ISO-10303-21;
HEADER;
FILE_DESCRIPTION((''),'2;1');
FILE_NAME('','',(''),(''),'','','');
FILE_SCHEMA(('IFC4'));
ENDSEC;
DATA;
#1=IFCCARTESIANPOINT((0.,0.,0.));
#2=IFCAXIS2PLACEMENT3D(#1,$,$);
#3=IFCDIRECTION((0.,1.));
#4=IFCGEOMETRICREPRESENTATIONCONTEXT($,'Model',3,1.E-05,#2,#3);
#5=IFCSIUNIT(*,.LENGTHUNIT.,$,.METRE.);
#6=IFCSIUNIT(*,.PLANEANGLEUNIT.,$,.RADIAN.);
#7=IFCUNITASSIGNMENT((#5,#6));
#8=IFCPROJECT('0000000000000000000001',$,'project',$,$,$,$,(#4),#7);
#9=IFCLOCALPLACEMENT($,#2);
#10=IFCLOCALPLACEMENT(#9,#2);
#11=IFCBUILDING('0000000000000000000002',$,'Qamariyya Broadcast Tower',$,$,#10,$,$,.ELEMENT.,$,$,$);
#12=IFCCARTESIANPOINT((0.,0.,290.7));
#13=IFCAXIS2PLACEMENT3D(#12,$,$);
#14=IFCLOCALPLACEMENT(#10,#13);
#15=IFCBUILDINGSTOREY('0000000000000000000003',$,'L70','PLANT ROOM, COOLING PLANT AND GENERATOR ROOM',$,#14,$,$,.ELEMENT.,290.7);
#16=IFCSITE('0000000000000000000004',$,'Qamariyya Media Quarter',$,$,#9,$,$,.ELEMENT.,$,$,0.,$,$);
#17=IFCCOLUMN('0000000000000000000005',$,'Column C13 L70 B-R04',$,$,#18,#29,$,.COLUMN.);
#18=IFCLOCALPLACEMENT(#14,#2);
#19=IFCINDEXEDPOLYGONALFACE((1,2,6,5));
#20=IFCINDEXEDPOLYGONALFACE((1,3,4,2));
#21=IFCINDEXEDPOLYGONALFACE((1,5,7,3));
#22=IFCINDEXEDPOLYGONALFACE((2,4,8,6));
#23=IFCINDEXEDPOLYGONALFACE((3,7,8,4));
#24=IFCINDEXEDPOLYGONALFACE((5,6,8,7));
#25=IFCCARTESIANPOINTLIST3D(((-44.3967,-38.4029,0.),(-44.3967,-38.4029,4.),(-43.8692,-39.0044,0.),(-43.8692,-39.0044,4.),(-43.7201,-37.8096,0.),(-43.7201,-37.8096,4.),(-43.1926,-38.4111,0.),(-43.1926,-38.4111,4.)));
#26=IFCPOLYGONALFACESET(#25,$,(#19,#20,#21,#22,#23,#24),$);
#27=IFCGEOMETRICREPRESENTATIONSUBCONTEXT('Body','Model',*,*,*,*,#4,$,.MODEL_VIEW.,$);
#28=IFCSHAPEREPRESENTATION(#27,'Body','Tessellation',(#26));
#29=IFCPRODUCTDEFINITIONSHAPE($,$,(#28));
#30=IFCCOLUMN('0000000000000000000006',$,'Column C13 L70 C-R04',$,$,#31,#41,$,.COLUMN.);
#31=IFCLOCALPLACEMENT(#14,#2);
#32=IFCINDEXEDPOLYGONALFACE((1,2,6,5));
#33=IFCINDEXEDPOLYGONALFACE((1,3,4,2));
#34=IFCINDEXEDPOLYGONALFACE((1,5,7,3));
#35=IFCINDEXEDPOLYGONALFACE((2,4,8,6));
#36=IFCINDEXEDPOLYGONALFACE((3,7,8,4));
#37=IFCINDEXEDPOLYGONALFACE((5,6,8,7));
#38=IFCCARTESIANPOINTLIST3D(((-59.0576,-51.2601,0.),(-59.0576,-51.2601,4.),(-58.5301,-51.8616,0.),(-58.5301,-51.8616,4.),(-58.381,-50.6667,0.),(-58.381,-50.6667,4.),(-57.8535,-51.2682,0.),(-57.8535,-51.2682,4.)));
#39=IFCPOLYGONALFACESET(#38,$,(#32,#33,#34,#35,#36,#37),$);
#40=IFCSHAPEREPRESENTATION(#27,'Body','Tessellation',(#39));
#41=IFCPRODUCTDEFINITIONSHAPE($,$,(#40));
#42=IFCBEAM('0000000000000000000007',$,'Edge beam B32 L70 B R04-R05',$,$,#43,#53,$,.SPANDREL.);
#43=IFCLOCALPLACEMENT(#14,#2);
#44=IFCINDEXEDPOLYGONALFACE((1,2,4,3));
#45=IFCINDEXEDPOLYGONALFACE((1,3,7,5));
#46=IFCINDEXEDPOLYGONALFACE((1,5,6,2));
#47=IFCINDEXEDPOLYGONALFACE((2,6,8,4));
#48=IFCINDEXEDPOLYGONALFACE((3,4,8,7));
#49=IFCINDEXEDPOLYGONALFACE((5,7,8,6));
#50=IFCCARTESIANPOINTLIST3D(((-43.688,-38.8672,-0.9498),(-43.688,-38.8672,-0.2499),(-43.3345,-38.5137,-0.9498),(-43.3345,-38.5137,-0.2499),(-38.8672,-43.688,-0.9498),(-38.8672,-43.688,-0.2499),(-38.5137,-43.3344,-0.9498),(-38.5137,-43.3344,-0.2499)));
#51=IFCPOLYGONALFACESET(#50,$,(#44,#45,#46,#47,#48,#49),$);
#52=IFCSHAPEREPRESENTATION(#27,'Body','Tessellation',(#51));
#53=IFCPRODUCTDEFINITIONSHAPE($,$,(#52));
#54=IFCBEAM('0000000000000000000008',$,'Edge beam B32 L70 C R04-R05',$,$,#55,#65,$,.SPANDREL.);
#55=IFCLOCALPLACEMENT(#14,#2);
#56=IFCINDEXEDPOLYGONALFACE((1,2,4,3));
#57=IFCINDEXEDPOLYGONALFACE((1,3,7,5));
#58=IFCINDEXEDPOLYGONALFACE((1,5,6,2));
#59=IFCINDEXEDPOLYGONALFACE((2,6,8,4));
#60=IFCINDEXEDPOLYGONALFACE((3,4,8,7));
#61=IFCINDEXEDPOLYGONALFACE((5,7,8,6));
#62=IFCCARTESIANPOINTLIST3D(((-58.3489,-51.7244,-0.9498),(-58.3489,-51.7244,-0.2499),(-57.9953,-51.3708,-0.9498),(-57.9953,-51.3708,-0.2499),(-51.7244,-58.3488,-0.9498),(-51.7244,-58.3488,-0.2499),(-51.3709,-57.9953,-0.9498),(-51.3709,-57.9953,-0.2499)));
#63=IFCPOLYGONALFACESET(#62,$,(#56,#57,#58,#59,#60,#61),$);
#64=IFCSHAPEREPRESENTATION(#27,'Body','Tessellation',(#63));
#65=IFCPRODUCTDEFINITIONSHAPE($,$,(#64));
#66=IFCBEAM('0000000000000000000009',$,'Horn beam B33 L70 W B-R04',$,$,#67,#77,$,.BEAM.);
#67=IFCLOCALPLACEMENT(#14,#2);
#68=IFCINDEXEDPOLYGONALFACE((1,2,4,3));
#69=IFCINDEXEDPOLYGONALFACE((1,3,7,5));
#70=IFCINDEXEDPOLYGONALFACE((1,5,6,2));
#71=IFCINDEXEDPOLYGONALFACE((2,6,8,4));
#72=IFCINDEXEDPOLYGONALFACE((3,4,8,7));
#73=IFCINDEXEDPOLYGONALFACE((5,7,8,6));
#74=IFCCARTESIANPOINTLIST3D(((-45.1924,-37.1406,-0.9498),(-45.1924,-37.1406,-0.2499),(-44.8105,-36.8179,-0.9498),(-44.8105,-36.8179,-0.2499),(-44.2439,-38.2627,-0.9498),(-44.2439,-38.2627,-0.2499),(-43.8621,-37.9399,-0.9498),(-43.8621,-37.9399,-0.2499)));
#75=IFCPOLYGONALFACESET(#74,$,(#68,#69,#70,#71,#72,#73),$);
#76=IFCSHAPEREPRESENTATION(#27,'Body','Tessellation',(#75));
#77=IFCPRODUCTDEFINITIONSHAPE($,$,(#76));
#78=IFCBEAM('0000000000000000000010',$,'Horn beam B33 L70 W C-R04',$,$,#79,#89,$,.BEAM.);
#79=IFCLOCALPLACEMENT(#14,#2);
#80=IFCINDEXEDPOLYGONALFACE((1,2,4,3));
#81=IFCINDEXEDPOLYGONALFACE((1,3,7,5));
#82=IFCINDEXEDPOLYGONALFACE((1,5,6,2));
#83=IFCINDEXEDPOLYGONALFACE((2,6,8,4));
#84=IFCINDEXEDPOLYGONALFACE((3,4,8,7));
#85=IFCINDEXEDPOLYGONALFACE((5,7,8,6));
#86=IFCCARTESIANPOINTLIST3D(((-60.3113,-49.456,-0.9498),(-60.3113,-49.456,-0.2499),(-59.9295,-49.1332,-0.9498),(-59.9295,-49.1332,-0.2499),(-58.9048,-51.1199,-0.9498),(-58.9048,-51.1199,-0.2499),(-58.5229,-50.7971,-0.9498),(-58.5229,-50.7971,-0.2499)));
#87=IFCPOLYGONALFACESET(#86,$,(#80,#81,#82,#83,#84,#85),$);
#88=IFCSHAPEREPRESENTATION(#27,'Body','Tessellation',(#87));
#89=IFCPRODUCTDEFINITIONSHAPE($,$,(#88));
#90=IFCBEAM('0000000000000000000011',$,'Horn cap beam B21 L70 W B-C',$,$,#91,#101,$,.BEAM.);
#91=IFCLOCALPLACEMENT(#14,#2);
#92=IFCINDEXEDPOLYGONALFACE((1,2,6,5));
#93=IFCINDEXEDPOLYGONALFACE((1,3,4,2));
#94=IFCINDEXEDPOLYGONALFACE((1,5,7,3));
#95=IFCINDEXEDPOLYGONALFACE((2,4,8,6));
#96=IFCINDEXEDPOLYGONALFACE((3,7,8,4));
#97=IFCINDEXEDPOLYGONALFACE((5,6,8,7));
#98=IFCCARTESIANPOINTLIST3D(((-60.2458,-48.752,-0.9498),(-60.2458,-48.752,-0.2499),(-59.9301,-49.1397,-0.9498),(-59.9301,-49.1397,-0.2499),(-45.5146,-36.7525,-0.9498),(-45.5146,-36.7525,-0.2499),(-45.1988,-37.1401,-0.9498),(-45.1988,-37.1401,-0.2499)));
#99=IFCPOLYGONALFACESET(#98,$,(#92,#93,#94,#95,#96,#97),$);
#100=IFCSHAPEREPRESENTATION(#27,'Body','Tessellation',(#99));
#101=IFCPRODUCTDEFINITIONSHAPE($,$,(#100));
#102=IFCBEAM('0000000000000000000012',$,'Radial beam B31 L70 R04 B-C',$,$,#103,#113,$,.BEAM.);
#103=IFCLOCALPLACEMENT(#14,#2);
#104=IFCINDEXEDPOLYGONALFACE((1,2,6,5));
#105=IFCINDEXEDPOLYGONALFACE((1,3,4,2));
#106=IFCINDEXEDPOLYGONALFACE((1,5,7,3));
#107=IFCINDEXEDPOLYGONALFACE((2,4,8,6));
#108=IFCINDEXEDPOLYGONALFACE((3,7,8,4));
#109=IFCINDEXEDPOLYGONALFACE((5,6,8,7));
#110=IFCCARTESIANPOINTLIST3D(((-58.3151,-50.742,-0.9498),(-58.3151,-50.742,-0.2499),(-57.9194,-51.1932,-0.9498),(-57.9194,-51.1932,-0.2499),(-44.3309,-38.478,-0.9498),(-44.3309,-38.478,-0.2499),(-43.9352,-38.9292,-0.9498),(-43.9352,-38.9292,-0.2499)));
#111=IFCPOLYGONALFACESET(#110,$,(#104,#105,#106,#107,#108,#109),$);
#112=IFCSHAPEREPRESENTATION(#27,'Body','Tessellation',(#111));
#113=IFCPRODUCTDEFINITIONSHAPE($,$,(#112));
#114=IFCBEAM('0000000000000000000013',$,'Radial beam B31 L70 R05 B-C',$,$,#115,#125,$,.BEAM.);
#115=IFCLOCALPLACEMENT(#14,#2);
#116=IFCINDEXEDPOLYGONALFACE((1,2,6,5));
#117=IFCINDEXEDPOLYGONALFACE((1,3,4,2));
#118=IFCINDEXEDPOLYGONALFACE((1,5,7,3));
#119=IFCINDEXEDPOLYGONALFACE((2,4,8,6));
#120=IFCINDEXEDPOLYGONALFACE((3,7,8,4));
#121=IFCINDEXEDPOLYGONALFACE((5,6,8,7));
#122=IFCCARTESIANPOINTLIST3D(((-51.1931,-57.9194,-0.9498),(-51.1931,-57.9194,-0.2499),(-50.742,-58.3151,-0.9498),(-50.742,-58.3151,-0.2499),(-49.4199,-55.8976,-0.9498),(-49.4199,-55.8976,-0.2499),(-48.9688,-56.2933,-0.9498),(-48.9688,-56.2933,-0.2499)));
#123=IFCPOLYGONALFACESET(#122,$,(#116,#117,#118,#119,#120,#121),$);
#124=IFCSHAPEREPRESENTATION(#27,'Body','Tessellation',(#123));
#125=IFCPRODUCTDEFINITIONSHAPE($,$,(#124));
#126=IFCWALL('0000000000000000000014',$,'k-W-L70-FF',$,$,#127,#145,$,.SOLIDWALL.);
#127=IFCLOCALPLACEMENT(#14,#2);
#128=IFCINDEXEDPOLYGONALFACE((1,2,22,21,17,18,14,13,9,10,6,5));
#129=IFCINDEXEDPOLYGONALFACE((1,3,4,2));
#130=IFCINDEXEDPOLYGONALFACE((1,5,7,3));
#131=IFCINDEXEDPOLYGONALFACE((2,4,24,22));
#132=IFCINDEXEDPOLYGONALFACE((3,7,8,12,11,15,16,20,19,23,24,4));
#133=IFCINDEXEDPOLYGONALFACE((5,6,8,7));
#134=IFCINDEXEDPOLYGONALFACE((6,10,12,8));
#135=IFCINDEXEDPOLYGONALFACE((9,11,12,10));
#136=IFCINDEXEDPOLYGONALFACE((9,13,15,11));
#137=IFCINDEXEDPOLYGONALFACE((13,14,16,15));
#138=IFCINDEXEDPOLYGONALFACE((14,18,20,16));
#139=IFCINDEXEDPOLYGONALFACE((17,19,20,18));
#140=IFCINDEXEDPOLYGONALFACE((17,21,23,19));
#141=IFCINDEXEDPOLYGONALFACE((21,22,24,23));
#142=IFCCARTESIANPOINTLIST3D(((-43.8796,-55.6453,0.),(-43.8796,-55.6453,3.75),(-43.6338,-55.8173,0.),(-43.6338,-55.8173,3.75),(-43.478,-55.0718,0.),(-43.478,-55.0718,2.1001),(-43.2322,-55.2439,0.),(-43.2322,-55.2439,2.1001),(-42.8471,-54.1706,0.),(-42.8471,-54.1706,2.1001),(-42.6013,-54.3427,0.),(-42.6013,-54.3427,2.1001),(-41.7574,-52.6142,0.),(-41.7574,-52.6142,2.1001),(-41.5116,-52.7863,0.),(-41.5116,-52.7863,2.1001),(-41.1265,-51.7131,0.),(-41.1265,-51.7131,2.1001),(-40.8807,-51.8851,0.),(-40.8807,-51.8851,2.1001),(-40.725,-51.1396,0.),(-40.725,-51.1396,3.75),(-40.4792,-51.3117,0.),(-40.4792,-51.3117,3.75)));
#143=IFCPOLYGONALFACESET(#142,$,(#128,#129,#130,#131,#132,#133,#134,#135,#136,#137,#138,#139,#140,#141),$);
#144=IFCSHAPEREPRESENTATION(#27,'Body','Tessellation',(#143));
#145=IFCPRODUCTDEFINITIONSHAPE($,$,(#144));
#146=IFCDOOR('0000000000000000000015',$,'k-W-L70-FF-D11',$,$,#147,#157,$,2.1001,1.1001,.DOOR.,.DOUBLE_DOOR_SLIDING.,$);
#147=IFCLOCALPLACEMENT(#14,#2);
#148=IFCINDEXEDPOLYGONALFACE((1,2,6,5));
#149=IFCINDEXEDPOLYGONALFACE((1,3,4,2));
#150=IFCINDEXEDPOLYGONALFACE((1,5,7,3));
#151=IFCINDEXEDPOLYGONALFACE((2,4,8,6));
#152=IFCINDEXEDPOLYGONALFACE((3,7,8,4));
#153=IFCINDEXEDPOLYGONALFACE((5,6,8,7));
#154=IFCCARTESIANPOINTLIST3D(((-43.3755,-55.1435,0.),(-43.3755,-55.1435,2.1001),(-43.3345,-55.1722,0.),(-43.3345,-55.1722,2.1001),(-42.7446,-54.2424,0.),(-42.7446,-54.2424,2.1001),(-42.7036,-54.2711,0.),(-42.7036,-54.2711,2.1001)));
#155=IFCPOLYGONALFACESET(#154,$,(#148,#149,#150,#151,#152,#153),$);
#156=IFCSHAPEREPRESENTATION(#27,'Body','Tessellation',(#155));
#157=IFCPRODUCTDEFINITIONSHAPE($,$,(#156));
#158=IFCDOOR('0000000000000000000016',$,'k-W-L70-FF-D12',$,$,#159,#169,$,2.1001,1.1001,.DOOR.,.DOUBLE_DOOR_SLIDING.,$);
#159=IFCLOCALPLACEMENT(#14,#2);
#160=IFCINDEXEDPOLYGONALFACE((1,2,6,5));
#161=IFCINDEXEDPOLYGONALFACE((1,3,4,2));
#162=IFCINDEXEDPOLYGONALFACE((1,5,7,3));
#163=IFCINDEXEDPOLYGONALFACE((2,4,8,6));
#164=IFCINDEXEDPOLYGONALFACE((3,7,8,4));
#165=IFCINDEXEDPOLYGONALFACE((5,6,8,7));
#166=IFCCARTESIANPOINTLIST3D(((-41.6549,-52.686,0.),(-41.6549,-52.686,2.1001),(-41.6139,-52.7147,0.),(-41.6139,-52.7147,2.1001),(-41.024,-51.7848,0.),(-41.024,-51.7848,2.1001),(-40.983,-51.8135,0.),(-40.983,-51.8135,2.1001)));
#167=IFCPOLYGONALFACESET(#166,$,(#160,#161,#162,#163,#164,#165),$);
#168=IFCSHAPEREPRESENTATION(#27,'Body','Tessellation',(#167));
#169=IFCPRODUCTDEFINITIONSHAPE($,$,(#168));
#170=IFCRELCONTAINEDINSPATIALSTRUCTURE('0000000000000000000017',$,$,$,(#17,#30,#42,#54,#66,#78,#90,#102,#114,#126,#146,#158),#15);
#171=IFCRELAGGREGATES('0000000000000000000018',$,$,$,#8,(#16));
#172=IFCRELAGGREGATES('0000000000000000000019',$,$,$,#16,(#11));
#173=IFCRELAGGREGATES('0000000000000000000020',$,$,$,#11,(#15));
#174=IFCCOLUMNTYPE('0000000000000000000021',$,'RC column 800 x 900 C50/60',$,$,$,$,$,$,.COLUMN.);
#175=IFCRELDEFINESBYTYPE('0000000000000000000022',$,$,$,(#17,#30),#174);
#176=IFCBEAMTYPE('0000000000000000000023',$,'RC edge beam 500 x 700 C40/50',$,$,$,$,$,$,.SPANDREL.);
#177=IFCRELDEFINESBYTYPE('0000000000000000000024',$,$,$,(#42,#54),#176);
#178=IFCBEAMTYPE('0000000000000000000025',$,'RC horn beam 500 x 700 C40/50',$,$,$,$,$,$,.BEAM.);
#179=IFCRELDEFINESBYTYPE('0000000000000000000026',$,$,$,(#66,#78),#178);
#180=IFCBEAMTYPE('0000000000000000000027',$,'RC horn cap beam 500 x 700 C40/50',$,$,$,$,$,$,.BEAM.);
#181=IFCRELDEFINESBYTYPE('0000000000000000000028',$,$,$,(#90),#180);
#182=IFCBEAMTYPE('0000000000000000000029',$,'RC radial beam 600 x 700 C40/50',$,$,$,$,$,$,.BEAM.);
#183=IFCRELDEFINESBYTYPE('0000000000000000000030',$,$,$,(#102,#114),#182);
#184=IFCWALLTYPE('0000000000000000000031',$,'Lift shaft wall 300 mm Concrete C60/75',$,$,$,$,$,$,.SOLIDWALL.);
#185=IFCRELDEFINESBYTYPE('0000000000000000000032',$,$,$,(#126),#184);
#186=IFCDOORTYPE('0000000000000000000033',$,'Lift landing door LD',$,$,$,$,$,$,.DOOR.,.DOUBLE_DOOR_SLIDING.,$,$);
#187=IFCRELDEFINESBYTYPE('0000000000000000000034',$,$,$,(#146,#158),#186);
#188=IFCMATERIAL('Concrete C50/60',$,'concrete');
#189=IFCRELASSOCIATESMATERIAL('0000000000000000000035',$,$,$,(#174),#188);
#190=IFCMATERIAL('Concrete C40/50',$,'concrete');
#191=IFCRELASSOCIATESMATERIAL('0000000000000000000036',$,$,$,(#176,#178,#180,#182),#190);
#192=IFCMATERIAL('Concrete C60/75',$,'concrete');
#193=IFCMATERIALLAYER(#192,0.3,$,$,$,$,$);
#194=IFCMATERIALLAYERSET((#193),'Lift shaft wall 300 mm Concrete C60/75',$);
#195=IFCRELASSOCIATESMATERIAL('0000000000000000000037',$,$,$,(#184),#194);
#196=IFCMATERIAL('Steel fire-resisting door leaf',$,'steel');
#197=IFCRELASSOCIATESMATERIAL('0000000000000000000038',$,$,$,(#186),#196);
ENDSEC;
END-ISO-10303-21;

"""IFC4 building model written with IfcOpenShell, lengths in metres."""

from ifc_helpers import new_model, si_unit, direction, frame, frame_2d, origin, origin_2d, place, context, subcontext, project, spatial, rectangle, extrude, material, layer, layer_set, material_profile, profile_set, type_object, element, fill, save


model = new_model("IFC4")

# Units and contexts
model_context = context("Model", 3, precision=1e-05, world=origin(), true_north=direction((0.0, 1.0)))
body_context = subcontext(model_context, "Body", "Model", "MODEL_VIEW")
ifc_project = project(units=[si_unit("LENGTHUNIT", "METRE"), si_unit("PLANEANGLEUNIT", "RADIAN")], contexts=[model_context])

# Site, building, storey
site_placement = place(None, origin())
site = spatial("IfcSite", under=ifc_project, at=site_placement, Name="Qamariyya Media Quarter", CompositionType="ELEMENT", RefElevation=0.0)
building_placement = place(site_placement, origin())
building = spatial("IfcBuilding", under=site, at=building_placement, Name="Qamariyya Broadcast Tower", CompositionType="ELEMENT")
storey_placement = place(building_placement, frame((0.0, 0.0, 290.7)))
storey = spatial("IfcBuildingStorey", under=building, at=storey_placement, Name="L70", Description="PLANT ROOM, COOLING PLANT AND GENERATOR ROOM", CompositionType="ELEMENT", Elevation=290.7)

# Columns
ifc_material_1 = material(Name="Concrete C50/60", Category="concrete")
ifc_material_profile_1 = material_profile(ifc_material_1, rectangle(XDim=0.8, YDim=0.8999, at=origin_2d()))
ifc_profile_set_1 = profile_set([ifc_material_profile_1], Name="Concrete C50/60")
column_type = type_object("IfcColumnType", Name="RC column 800 x 900 C50/60", PredefinedType="COLUMN", material=ifc_profile_set_1)
for number, where, z_axis, x_axis, name in (
    (1, (-43.7947, -38.407, 0.0), (0.0, 0.0, 1.0), (0.659346, -0.75184, 0.0), "Column C13 L70 B-R04"),
    (2, (-58.4556, -51.2642, 0.0), (0.0, 0.0, 1.0), (0.659346, -0.75184, 0.0), "Column C13 L70 C-R04"),
):
    element("IfcColumn", number, at=place(storey_placement, frame(where, z_axis=z_axis, x_axis=x_axis)), inside=storey, type_object=column_type, Name=name, PredefinedType="COLUMN", context=body_context, shape_type="SweptSolid", body=[
        extrude(rectangle(XDim=0.8, YDim=0.8999, at=origin_2d()), origin(), (0.0, 0.0, 1.0), 4.0),
    ])

# Beams
ifc_material_2 = material(Name="Concrete C40/50", Category="concrete")
ifc_material_profile_2 = material_profile(ifc_material_2, rectangle(XDim=0.5, YDim=0.7, at=origin_2d()))
ifc_profile_set_2 = profile_set([ifc_material_profile_2], Name="Concrete C40/50")
beam_type_1 = type_object("IfcBeamType", Name="RC edge beam 500 x 700 C40/50", PredefinedType="SPANDREL", material=ifc_profile_set_2)
beam_1_placement = place(storey_placement, frame((-43.5112, -38.6904, -0.5999), z_axis=(0.707107, -0.707107, 0.0), x_axis=(0.707107, 0.707107, 0.0)))
element("IfcBeam", 3, at=beam_1_placement, inside=storey, type_object=beam_type_1, Name="Edge beam B32 L70 B R04-R05", PredefinedType="SPANDREL", context=body_context, shape_type="SweptSolid", body=[
    extrude(rectangle(XDim=0.5, YDim=0.7, at=origin_2d()), origin(), (0.0, 0.0, 1.0), 6.8176),
])
beam_2_placement = place(storey_placement, frame((-58.1721, -51.5476, -0.5999), z_axis=(0.707107, -0.707107, 0.0), x_axis=(0.707107, 0.707107, 0.0)))
element("IfcBeam", 4, at=beam_2_placement, inside=storey, type_object=beam_type_1, Name="Edge beam B32 L70 C R04-R05", PredefinedType="SPANDREL", context=body_context, shape_type="SweptSolid", body=[
    extrude(rectangle(XDim=0.5, YDim=0.7, at=origin_2d()), origin(), (0.0, 0.0, 1.0), 9.3684),
])
ifc_material_profile_3 = material_profile(ifc_material_2, rectangle(XDim=0.5, YDim=0.7, at=origin_2d()))
ifc_profile_set_3 = profile_set([ifc_material_profile_3], Name="Concrete C40/50")
beam_type_2 = type_object("IfcBeamType", Name="RC horn beam 500 x 700 C40/50", PredefinedType="BEAM", material=ifc_profile_set_3)
beam_3_placement = place(storey_placement, frame((-44.053, -38.1013, -0.5999), z_axis=(-0.645562, 0.763708, 0.0), x_axis=(-0.763708, -0.645562, 0.0)))
element("IfcBeam", 5, at=beam_3_placement, inside=storey, type_object=beam_type_2, Name="Horn beam B33 L70 W B-R04", PredefinedType="BEAM", context=body_context, shape_type="SweptSolid", body=[
    extrude(rectangle(XDim=0.5, YDim=0.7, at=origin_2d()), origin(), (0.0, 0.0, 1.0), 1.4692),
])
beam_4_placement = place(storey_placement, frame((-58.7139, -50.9585, -0.5999), z_axis=(-0.64558, 0.763692, 0.0), x_axis=(-0.763692, -0.64558, 0.0)))
element("IfcBeam", 6, at=beam_4_placement, inside=storey, type_object=beam_type_2, Name="Horn beam B33 L70 W C-R04", PredefinedType="BEAM", context=body_context, shape_type="SweptSolid", body=[
    extrude(rectangle(XDim=0.5, YDim=0.7, at=origin_2d()), origin(), (0.0, 0.0, 1.0), 2.1787),
])
ifc_material_profile_4 = material_profile(ifc_material_2, rectangle(XDim=0.5, YDim=0.7, at=origin_2d()))
ifc_profile_set_4 = profile_set([ifc_material_profile_4], Name="Concrete C40/50")
beam_type_3 = type_object("IfcBeamType", Name="RC horn cap beam 500 x 700 C40/50", PredefinedType="BEAM", material=ifc_profile_set_4)
beam_5_placement = place(storey_placement, frame((-45.3567, -36.9463, -0.5999), z_axis=(-0.77533, -0.631556, 0.0), x_axis=(0.631556, -0.77533, 0.0)))
element("IfcBeam", 7, at=beam_5_placement, inside=storey, type_object=beam_type_3, Name="Horn cap beam B21 L70 W B-C", PredefinedType="BEAM", context=body_context, shape_type="SweptSolid", body=[
    extrude(rectangle(XDim=0.5, YDim=0.7, at=origin_2d()), origin(), (0.0, 0.0, 1.0), 19.0),
])
ifc_material_profile_5 = material_profile(ifc_material_2, rectangle(XDim=0.6001, YDim=0.7, at=origin_2d()))
ifc_profile_set_5 = profile_set([ifc_material_profile_5], Name="Concrete C40/50")
beam_type_4 = type_object("IfcBeamType", Name="RC radial beam 600 x 700 C40/50", PredefinedType="BEAM", material=ifc_profile_set_5)
beam_6_placement = place(storey_placement, frame((-44.1331, -38.7036, -0.5999), z_axis=(-0.751835, -0.659351, 0.0), x_axis=(0.659351, -0.751835, 0.0)))
element("IfcBeam", 8, at=beam_6_placement, inside=storey, type_object=beam_type_4, Name="Radial beam B31 L70 R04 B-C", PredefinedType="BEAM", context=body_context, shape_type="SweptSolid", body=[
    extrude(rectangle(XDim=0.6001, YDim=0.7, at=origin_2d()), origin(), (0.0, 0.0, 1.0), 18.6001),
])
beam_7_placement = place(storey_placement, frame((-49.1943, -56.0955, -0.5999), z_axis=(-0.659385, -0.751806, 0.0), x_axis=(0.751806, -0.659385, 0.0)))
element("IfcBeam", 9, at=beam_7_placement, inside=storey, type_object=beam_type_4, Name="Radial beam B31 L70 R05 B-C", PredefinedType="BEAM", context=body_context, shape_type="SweptSolid", body=[
    extrude(rectangle(XDim=0.6001, YDim=0.7, at=origin_2d()), origin(), (0.0, 0.0, 1.0), 2.6892),
])

# Wall, openings, doors
ifc_material_3 = material(Name="Concrete C60/75", Category="concrete")
ifc_layer_1 = layer(ifc_material_3, 0.3)
ifc_layer_set_1 = layer_set([ifc_layer_1], Name="Lift shaft wall 300 mm Concrete C60/75")
wall_type_1 = type_object("IfcWallType", Name="Lift shaft wall 300 mm Concrete C60/75", PredefinedType="SOLIDWALL", material=ifc_layer_set_1)
wall_1_placement = place(storey_placement, frame((-43.7566, -55.7312, 0.0), z_axis=(0.0, 0.0, 1.0), x_axis=(0.573537, 0.81918, 0.0)))
wall_1 = element("IfcWall", 10, at=wall_1_placement, inside=storey, type_object=wall_type_1, Name="k-W-L70-FF", PredefinedType="SOLIDWALL", context=body_context, shape_type="SweptSolid", body=[
    extrude(rectangle(XDim=5.5002, YDim=0.3, at=frame_2d((2.75, 0.0))), origin(), (0.0, 0.0, 1.0), 3.75),
])
opening_1_placement = place(wall_1_placement, frame((0.7, 0.0, 0.0)))
opening_1 = element("IfcOpeningElement", 11, at=opening_1_placement, cuts=wall_1, PredefinedType="OPENING", context=body_context, shape_type="SweptSolid", body=[
    extrude(rectangle(XDim=1.1001, YDim=2.1001, at=frame_2d((0.55, 1.05))), frame((0.0, 0.1599, 0.0), z_axis=(0.0, -1.0, 0.0), x_axis=(1.0, 0.0, 0.0)), (0.0, 0.0, 1.0), 0.3201),
])
opening_2_placement = place(wall_1_placement, frame((3.7, 0.0, 0.0)))
opening_2 = element("IfcOpeningElement", 12, at=opening_2_placement, cuts=wall_1, PredefinedType="OPENING", context=body_context, shape_type="SweptSolid", body=[
    extrude(rectangle(XDim=1.1001, YDim=2.1001, at=frame_2d((0.55, 1.05))), frame((0.0, 0.1599, 0.0), z_axis=(0.0, -1.0, 0.0), x_axis=(1.0, 0.0, 0.0)), (0.0, 0.0, 1.0), 0.3201),
])
ifc_material_4 = material(Name="Steel fire-resisting door leaf", Category="steel")
door_type_1 = type_object("IfcDoorType", Name="Lift landing door LD", OperationType="DOUBLE_DOOR_SLIDING", PredefinedType="DOOR", material=ifc_material_4)
door_1_placement = place(opening_1_placement, origin())
door_1 = element("IfcDoor", 13, at=door_1_placement, inside=storey, type_object=door_type_1, Name="k-W-L70-FF-D11", OperationType="DOUBLE_DOOR_SLIDING", OverallHeight=2.1001, OverallWidth=1.1001, PredefinedType="DOOR", context=body_context, shape_type="SweptSolid", body=[
    extrude(rectangle(XDim=1.1001, YDim=2.1001, at=frame_2d((0.55, 1.05))), frame((0.0, 0.0249, 0.0), z_axis=(0.0, -1.0, 0.0), x_axis=(1.0, 0.0, 0.0)), (0.0, 0.0, 1.0), 0.05),
])
fill(opening_1, door_1)
door_2_placement = place(opening_2_placement, origin())
door_2 = element("IfcDoor", 14, at=door_2_placement, inside=storey, type_object=door_type_1, Name="k-W-L70-FF-D12", OperationType="DOUBLE_DOOR_SLIDING", OverallHeight=2.1001, OverallWidth=1.1001, PredefinedType="DOOR", context=body_context, shape_type="SweptSolid", body=[
    extrude(rectangle(XDim=1.1001, YDim=2.1001, at=frame_2d((0.55, 1.05))), frame((0.0, 0.0249, 0.0), z_axis=(0.0, -1.0, 0.0), x_axis=(1.0, 0.0, 0.0)), (0.0, 0.0, 1.0), 0.05),
])
fill(opening_2, door_2)

save(model, "model.ifc")
